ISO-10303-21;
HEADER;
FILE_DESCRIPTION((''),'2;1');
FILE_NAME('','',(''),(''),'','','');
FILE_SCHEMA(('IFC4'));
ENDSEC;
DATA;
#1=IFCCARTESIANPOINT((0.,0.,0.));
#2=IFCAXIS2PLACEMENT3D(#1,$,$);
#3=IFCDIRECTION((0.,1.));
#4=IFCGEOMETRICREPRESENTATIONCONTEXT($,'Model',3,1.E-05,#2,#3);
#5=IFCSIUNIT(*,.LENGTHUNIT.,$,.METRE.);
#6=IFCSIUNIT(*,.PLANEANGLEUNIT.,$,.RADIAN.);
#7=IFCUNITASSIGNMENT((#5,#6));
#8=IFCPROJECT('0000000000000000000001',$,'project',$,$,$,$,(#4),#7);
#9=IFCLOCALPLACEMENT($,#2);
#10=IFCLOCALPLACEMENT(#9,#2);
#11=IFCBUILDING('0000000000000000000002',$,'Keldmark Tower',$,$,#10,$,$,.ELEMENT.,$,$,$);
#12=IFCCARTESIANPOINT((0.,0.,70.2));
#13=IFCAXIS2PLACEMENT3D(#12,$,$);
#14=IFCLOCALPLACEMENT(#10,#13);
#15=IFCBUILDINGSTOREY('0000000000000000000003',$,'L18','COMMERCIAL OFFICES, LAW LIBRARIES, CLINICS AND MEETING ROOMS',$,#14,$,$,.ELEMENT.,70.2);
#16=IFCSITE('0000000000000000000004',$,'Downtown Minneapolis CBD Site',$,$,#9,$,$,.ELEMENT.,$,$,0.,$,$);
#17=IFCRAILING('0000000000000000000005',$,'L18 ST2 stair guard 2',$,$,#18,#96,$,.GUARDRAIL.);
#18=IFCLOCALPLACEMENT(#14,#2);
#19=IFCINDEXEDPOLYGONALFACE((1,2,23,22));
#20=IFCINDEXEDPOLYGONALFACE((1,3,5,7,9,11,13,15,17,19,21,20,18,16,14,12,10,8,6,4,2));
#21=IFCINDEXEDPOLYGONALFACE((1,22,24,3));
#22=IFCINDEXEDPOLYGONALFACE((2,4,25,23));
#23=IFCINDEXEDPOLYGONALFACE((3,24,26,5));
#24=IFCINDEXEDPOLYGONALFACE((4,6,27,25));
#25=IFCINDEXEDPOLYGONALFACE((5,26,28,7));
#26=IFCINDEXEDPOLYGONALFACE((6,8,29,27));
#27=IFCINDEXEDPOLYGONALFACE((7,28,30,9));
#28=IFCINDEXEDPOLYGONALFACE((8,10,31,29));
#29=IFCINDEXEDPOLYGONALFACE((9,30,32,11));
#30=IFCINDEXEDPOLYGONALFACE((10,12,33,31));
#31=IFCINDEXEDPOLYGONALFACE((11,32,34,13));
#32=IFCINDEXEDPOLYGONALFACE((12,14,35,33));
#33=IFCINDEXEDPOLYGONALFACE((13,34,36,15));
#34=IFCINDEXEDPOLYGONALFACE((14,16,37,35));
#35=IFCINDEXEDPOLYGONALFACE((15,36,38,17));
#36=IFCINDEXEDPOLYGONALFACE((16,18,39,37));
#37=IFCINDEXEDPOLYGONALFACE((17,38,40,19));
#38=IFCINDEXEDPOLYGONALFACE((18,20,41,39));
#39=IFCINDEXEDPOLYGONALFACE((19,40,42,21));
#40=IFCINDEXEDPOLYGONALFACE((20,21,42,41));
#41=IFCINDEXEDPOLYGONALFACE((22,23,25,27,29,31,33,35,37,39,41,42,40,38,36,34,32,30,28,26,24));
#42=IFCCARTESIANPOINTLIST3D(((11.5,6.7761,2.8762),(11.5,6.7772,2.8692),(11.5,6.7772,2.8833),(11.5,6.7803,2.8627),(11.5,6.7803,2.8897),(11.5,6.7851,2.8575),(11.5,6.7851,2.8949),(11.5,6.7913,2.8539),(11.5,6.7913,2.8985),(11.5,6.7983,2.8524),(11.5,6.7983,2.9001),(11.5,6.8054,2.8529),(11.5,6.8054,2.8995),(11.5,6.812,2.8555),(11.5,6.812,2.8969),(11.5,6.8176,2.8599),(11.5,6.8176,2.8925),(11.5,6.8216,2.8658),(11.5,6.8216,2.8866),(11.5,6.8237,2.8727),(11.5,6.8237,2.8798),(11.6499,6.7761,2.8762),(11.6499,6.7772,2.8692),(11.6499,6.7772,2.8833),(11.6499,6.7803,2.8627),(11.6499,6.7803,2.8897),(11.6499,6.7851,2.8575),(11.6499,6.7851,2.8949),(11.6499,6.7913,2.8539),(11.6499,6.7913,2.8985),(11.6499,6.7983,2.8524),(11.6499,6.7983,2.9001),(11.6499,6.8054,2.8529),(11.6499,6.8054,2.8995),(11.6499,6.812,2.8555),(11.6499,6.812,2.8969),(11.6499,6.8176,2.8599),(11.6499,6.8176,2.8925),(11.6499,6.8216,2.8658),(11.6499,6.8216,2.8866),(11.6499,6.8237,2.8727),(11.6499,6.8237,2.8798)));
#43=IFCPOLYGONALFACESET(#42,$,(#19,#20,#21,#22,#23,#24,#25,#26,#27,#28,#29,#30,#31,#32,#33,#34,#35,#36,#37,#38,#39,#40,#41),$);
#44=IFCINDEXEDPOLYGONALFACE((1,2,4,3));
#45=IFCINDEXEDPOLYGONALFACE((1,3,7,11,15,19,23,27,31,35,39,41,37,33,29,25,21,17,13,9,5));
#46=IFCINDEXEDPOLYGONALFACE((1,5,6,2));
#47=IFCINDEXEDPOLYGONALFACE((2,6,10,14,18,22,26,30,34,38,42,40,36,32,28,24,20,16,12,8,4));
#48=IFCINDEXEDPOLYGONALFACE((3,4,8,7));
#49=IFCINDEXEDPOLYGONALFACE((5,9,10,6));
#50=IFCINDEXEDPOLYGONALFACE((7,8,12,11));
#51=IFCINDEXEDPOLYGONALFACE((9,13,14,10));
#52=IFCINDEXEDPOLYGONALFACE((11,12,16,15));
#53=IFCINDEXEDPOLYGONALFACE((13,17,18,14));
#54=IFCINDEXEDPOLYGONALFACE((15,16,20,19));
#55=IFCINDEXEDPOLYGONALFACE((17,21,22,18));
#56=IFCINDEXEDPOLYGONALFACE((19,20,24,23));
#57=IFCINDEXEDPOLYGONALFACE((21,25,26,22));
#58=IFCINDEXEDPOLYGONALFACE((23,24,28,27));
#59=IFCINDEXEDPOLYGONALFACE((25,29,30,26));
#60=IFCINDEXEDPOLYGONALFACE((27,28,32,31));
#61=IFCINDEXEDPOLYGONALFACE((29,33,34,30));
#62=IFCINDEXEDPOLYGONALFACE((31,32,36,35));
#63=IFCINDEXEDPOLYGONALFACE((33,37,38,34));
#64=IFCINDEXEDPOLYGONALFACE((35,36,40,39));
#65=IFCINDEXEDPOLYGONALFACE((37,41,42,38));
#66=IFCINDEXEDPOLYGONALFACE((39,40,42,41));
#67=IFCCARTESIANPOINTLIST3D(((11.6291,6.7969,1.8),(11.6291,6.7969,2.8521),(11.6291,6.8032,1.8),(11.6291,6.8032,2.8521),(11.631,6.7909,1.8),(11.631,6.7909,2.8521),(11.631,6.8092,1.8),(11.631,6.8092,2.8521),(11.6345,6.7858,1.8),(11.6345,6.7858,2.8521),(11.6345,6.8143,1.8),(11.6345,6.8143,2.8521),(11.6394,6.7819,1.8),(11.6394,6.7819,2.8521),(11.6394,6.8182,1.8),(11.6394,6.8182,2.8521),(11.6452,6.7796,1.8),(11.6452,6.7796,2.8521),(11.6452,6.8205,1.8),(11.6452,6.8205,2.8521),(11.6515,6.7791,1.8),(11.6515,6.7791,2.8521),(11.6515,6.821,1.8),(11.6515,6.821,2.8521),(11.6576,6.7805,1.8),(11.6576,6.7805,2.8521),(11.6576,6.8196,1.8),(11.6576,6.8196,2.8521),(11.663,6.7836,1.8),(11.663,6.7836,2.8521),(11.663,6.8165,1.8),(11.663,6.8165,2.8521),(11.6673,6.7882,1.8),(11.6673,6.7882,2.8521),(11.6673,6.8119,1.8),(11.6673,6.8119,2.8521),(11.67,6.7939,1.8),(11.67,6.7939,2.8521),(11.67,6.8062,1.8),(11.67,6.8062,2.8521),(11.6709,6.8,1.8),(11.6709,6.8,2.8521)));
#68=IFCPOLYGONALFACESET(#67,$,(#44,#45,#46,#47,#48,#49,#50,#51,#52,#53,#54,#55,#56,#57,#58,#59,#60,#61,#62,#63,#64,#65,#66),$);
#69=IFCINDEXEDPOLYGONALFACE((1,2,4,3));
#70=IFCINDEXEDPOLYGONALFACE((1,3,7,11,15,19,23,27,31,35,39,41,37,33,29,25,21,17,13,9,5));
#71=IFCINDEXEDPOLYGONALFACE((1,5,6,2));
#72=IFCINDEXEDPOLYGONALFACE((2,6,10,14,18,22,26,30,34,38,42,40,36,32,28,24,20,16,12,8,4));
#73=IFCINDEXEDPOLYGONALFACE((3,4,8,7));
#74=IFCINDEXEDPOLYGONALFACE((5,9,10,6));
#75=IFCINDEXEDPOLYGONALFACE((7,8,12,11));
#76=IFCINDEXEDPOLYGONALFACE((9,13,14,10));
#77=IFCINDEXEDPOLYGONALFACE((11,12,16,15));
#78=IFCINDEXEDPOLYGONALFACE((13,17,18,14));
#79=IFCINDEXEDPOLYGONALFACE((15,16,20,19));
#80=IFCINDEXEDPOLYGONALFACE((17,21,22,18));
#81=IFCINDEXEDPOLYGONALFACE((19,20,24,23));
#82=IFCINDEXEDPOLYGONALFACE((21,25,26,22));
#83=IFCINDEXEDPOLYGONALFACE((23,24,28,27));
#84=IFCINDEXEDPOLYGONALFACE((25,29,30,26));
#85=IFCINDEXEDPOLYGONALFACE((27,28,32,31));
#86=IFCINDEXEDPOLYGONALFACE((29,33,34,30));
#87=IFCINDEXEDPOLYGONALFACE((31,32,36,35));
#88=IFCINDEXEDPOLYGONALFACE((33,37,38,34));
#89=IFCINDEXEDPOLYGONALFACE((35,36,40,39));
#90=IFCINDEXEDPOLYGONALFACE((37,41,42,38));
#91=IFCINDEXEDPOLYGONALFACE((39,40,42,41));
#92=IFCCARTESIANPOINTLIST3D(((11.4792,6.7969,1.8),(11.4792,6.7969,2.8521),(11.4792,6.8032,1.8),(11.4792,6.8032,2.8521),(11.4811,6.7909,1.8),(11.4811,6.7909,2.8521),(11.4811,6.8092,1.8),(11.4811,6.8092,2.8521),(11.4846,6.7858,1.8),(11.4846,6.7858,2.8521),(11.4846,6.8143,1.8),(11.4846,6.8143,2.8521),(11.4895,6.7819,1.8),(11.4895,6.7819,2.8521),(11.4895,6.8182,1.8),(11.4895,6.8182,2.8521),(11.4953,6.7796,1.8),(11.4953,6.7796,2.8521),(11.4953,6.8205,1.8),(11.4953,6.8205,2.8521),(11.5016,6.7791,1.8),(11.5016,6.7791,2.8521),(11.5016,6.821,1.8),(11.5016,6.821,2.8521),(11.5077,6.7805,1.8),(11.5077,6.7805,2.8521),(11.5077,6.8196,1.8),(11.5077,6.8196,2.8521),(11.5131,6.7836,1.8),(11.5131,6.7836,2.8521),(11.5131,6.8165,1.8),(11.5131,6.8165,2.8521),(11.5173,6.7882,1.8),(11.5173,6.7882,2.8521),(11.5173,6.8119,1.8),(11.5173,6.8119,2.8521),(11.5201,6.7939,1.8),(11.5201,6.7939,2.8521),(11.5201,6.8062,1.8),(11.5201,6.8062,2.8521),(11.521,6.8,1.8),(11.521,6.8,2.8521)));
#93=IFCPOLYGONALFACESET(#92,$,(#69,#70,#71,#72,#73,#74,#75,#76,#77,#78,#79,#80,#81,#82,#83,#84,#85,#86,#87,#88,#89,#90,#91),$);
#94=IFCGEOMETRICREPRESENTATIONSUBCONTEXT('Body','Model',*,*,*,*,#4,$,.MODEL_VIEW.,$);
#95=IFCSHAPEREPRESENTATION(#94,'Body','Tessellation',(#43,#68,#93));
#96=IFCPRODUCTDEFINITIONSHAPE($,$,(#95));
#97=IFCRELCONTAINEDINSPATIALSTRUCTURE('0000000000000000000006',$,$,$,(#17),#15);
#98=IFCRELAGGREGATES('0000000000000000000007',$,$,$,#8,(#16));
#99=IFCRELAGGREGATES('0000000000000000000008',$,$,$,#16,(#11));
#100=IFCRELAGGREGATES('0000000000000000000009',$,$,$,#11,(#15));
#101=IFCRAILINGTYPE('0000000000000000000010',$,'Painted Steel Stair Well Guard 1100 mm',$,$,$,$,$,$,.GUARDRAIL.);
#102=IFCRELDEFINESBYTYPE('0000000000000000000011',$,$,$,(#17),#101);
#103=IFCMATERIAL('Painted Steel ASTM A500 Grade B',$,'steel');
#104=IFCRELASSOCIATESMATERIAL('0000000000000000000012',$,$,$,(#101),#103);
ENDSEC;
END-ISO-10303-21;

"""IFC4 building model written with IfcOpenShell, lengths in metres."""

from ifc_helpers import new_model, si_unit, direction, frame, origin, origin_2d, place, context, subcontext, project, spatial, circle, extrude, material, type_object, element, save


model = new_model("IFC4")

# Units and contexts
model_context = context("Model", 3, precision=1e-05, world=origin(), true_north=direction((0.0, 1.0)))
body_context = subcontext(model_context, "Body", "Model", "MODEL_VIEW")
ifc_project = project(units=[si_unit("LENGTHUNIT", "METRE"), si_unit("PLANEANGLEUNIT", "RADIAN")], contexts=[model_context])

# Site, building, storey
site_placement = place(None, origin())
site = spatial("IfcSite", under=ifc_project, at=site_placement, Name="Downtown Minneapolis CBD Site", CompositionType="ELEMENT", RefElevation=0.0)
building_placement = place(site_placement, origin())
building = spatial("IfcBuilding", under=site, at=building_placement, Name="Keldmark Tower", CompositionType="ELEMENT")
storey_placement = place(building_placement, frame((0.0, 0.0, 70.2)))
storey = spatial("IfcBuildingStorey", under=building, at=storey_placement, Name="L18", Description="COMMERCIAL OFFICES, LAW LIBRARIES, CLINICS AND MEETING ROOMS", CompositionType="ELEMENT", Elevation=70.2)

# Railing
ifc_material_1 = material(Name="Painted Steel ASTM A500 Grade B", Category="steel")
railing_type_1 = type_object("IfcRailingType", Name="Painted Steel Stair Well Guard 1100 mm", PredefinedType="GUARDRAIL", material=ifc_material_1)
railing_1_placement = place(storey_placement, frame((11.6499, 6.8, 1.8)))
element("IfcRailing", 1, at=railing_1_placement, inside=storey, type_object=railing_type_1, Name="L18 ST2 stair guard 2", PredefinedType="GUARDRAIL", context=body_context, shape_type="SweptSolid", body=[
    extrude(circle(Radius=0.0239, at=origin_2d()), frame((0.0, 0.0, 1.0762), z_axis=(-1.0, 0.0, 0.0), x_axis=(0.0, -1.0, 0.0)), (0.0, 0.0, 1.0), 0.1499),
    extrude(circle(Radius=0.021, at=origin_2d()), origin(), (0.0, 0.0, 1.0), 1.052),
    extrude(circle(Radius=0.021, at=origin_2d()), frame((-0.1499, 0.0, 0.0)), (0.0, 0.0, 1.0), 1.052),
])

save(model, "model.ifc")
